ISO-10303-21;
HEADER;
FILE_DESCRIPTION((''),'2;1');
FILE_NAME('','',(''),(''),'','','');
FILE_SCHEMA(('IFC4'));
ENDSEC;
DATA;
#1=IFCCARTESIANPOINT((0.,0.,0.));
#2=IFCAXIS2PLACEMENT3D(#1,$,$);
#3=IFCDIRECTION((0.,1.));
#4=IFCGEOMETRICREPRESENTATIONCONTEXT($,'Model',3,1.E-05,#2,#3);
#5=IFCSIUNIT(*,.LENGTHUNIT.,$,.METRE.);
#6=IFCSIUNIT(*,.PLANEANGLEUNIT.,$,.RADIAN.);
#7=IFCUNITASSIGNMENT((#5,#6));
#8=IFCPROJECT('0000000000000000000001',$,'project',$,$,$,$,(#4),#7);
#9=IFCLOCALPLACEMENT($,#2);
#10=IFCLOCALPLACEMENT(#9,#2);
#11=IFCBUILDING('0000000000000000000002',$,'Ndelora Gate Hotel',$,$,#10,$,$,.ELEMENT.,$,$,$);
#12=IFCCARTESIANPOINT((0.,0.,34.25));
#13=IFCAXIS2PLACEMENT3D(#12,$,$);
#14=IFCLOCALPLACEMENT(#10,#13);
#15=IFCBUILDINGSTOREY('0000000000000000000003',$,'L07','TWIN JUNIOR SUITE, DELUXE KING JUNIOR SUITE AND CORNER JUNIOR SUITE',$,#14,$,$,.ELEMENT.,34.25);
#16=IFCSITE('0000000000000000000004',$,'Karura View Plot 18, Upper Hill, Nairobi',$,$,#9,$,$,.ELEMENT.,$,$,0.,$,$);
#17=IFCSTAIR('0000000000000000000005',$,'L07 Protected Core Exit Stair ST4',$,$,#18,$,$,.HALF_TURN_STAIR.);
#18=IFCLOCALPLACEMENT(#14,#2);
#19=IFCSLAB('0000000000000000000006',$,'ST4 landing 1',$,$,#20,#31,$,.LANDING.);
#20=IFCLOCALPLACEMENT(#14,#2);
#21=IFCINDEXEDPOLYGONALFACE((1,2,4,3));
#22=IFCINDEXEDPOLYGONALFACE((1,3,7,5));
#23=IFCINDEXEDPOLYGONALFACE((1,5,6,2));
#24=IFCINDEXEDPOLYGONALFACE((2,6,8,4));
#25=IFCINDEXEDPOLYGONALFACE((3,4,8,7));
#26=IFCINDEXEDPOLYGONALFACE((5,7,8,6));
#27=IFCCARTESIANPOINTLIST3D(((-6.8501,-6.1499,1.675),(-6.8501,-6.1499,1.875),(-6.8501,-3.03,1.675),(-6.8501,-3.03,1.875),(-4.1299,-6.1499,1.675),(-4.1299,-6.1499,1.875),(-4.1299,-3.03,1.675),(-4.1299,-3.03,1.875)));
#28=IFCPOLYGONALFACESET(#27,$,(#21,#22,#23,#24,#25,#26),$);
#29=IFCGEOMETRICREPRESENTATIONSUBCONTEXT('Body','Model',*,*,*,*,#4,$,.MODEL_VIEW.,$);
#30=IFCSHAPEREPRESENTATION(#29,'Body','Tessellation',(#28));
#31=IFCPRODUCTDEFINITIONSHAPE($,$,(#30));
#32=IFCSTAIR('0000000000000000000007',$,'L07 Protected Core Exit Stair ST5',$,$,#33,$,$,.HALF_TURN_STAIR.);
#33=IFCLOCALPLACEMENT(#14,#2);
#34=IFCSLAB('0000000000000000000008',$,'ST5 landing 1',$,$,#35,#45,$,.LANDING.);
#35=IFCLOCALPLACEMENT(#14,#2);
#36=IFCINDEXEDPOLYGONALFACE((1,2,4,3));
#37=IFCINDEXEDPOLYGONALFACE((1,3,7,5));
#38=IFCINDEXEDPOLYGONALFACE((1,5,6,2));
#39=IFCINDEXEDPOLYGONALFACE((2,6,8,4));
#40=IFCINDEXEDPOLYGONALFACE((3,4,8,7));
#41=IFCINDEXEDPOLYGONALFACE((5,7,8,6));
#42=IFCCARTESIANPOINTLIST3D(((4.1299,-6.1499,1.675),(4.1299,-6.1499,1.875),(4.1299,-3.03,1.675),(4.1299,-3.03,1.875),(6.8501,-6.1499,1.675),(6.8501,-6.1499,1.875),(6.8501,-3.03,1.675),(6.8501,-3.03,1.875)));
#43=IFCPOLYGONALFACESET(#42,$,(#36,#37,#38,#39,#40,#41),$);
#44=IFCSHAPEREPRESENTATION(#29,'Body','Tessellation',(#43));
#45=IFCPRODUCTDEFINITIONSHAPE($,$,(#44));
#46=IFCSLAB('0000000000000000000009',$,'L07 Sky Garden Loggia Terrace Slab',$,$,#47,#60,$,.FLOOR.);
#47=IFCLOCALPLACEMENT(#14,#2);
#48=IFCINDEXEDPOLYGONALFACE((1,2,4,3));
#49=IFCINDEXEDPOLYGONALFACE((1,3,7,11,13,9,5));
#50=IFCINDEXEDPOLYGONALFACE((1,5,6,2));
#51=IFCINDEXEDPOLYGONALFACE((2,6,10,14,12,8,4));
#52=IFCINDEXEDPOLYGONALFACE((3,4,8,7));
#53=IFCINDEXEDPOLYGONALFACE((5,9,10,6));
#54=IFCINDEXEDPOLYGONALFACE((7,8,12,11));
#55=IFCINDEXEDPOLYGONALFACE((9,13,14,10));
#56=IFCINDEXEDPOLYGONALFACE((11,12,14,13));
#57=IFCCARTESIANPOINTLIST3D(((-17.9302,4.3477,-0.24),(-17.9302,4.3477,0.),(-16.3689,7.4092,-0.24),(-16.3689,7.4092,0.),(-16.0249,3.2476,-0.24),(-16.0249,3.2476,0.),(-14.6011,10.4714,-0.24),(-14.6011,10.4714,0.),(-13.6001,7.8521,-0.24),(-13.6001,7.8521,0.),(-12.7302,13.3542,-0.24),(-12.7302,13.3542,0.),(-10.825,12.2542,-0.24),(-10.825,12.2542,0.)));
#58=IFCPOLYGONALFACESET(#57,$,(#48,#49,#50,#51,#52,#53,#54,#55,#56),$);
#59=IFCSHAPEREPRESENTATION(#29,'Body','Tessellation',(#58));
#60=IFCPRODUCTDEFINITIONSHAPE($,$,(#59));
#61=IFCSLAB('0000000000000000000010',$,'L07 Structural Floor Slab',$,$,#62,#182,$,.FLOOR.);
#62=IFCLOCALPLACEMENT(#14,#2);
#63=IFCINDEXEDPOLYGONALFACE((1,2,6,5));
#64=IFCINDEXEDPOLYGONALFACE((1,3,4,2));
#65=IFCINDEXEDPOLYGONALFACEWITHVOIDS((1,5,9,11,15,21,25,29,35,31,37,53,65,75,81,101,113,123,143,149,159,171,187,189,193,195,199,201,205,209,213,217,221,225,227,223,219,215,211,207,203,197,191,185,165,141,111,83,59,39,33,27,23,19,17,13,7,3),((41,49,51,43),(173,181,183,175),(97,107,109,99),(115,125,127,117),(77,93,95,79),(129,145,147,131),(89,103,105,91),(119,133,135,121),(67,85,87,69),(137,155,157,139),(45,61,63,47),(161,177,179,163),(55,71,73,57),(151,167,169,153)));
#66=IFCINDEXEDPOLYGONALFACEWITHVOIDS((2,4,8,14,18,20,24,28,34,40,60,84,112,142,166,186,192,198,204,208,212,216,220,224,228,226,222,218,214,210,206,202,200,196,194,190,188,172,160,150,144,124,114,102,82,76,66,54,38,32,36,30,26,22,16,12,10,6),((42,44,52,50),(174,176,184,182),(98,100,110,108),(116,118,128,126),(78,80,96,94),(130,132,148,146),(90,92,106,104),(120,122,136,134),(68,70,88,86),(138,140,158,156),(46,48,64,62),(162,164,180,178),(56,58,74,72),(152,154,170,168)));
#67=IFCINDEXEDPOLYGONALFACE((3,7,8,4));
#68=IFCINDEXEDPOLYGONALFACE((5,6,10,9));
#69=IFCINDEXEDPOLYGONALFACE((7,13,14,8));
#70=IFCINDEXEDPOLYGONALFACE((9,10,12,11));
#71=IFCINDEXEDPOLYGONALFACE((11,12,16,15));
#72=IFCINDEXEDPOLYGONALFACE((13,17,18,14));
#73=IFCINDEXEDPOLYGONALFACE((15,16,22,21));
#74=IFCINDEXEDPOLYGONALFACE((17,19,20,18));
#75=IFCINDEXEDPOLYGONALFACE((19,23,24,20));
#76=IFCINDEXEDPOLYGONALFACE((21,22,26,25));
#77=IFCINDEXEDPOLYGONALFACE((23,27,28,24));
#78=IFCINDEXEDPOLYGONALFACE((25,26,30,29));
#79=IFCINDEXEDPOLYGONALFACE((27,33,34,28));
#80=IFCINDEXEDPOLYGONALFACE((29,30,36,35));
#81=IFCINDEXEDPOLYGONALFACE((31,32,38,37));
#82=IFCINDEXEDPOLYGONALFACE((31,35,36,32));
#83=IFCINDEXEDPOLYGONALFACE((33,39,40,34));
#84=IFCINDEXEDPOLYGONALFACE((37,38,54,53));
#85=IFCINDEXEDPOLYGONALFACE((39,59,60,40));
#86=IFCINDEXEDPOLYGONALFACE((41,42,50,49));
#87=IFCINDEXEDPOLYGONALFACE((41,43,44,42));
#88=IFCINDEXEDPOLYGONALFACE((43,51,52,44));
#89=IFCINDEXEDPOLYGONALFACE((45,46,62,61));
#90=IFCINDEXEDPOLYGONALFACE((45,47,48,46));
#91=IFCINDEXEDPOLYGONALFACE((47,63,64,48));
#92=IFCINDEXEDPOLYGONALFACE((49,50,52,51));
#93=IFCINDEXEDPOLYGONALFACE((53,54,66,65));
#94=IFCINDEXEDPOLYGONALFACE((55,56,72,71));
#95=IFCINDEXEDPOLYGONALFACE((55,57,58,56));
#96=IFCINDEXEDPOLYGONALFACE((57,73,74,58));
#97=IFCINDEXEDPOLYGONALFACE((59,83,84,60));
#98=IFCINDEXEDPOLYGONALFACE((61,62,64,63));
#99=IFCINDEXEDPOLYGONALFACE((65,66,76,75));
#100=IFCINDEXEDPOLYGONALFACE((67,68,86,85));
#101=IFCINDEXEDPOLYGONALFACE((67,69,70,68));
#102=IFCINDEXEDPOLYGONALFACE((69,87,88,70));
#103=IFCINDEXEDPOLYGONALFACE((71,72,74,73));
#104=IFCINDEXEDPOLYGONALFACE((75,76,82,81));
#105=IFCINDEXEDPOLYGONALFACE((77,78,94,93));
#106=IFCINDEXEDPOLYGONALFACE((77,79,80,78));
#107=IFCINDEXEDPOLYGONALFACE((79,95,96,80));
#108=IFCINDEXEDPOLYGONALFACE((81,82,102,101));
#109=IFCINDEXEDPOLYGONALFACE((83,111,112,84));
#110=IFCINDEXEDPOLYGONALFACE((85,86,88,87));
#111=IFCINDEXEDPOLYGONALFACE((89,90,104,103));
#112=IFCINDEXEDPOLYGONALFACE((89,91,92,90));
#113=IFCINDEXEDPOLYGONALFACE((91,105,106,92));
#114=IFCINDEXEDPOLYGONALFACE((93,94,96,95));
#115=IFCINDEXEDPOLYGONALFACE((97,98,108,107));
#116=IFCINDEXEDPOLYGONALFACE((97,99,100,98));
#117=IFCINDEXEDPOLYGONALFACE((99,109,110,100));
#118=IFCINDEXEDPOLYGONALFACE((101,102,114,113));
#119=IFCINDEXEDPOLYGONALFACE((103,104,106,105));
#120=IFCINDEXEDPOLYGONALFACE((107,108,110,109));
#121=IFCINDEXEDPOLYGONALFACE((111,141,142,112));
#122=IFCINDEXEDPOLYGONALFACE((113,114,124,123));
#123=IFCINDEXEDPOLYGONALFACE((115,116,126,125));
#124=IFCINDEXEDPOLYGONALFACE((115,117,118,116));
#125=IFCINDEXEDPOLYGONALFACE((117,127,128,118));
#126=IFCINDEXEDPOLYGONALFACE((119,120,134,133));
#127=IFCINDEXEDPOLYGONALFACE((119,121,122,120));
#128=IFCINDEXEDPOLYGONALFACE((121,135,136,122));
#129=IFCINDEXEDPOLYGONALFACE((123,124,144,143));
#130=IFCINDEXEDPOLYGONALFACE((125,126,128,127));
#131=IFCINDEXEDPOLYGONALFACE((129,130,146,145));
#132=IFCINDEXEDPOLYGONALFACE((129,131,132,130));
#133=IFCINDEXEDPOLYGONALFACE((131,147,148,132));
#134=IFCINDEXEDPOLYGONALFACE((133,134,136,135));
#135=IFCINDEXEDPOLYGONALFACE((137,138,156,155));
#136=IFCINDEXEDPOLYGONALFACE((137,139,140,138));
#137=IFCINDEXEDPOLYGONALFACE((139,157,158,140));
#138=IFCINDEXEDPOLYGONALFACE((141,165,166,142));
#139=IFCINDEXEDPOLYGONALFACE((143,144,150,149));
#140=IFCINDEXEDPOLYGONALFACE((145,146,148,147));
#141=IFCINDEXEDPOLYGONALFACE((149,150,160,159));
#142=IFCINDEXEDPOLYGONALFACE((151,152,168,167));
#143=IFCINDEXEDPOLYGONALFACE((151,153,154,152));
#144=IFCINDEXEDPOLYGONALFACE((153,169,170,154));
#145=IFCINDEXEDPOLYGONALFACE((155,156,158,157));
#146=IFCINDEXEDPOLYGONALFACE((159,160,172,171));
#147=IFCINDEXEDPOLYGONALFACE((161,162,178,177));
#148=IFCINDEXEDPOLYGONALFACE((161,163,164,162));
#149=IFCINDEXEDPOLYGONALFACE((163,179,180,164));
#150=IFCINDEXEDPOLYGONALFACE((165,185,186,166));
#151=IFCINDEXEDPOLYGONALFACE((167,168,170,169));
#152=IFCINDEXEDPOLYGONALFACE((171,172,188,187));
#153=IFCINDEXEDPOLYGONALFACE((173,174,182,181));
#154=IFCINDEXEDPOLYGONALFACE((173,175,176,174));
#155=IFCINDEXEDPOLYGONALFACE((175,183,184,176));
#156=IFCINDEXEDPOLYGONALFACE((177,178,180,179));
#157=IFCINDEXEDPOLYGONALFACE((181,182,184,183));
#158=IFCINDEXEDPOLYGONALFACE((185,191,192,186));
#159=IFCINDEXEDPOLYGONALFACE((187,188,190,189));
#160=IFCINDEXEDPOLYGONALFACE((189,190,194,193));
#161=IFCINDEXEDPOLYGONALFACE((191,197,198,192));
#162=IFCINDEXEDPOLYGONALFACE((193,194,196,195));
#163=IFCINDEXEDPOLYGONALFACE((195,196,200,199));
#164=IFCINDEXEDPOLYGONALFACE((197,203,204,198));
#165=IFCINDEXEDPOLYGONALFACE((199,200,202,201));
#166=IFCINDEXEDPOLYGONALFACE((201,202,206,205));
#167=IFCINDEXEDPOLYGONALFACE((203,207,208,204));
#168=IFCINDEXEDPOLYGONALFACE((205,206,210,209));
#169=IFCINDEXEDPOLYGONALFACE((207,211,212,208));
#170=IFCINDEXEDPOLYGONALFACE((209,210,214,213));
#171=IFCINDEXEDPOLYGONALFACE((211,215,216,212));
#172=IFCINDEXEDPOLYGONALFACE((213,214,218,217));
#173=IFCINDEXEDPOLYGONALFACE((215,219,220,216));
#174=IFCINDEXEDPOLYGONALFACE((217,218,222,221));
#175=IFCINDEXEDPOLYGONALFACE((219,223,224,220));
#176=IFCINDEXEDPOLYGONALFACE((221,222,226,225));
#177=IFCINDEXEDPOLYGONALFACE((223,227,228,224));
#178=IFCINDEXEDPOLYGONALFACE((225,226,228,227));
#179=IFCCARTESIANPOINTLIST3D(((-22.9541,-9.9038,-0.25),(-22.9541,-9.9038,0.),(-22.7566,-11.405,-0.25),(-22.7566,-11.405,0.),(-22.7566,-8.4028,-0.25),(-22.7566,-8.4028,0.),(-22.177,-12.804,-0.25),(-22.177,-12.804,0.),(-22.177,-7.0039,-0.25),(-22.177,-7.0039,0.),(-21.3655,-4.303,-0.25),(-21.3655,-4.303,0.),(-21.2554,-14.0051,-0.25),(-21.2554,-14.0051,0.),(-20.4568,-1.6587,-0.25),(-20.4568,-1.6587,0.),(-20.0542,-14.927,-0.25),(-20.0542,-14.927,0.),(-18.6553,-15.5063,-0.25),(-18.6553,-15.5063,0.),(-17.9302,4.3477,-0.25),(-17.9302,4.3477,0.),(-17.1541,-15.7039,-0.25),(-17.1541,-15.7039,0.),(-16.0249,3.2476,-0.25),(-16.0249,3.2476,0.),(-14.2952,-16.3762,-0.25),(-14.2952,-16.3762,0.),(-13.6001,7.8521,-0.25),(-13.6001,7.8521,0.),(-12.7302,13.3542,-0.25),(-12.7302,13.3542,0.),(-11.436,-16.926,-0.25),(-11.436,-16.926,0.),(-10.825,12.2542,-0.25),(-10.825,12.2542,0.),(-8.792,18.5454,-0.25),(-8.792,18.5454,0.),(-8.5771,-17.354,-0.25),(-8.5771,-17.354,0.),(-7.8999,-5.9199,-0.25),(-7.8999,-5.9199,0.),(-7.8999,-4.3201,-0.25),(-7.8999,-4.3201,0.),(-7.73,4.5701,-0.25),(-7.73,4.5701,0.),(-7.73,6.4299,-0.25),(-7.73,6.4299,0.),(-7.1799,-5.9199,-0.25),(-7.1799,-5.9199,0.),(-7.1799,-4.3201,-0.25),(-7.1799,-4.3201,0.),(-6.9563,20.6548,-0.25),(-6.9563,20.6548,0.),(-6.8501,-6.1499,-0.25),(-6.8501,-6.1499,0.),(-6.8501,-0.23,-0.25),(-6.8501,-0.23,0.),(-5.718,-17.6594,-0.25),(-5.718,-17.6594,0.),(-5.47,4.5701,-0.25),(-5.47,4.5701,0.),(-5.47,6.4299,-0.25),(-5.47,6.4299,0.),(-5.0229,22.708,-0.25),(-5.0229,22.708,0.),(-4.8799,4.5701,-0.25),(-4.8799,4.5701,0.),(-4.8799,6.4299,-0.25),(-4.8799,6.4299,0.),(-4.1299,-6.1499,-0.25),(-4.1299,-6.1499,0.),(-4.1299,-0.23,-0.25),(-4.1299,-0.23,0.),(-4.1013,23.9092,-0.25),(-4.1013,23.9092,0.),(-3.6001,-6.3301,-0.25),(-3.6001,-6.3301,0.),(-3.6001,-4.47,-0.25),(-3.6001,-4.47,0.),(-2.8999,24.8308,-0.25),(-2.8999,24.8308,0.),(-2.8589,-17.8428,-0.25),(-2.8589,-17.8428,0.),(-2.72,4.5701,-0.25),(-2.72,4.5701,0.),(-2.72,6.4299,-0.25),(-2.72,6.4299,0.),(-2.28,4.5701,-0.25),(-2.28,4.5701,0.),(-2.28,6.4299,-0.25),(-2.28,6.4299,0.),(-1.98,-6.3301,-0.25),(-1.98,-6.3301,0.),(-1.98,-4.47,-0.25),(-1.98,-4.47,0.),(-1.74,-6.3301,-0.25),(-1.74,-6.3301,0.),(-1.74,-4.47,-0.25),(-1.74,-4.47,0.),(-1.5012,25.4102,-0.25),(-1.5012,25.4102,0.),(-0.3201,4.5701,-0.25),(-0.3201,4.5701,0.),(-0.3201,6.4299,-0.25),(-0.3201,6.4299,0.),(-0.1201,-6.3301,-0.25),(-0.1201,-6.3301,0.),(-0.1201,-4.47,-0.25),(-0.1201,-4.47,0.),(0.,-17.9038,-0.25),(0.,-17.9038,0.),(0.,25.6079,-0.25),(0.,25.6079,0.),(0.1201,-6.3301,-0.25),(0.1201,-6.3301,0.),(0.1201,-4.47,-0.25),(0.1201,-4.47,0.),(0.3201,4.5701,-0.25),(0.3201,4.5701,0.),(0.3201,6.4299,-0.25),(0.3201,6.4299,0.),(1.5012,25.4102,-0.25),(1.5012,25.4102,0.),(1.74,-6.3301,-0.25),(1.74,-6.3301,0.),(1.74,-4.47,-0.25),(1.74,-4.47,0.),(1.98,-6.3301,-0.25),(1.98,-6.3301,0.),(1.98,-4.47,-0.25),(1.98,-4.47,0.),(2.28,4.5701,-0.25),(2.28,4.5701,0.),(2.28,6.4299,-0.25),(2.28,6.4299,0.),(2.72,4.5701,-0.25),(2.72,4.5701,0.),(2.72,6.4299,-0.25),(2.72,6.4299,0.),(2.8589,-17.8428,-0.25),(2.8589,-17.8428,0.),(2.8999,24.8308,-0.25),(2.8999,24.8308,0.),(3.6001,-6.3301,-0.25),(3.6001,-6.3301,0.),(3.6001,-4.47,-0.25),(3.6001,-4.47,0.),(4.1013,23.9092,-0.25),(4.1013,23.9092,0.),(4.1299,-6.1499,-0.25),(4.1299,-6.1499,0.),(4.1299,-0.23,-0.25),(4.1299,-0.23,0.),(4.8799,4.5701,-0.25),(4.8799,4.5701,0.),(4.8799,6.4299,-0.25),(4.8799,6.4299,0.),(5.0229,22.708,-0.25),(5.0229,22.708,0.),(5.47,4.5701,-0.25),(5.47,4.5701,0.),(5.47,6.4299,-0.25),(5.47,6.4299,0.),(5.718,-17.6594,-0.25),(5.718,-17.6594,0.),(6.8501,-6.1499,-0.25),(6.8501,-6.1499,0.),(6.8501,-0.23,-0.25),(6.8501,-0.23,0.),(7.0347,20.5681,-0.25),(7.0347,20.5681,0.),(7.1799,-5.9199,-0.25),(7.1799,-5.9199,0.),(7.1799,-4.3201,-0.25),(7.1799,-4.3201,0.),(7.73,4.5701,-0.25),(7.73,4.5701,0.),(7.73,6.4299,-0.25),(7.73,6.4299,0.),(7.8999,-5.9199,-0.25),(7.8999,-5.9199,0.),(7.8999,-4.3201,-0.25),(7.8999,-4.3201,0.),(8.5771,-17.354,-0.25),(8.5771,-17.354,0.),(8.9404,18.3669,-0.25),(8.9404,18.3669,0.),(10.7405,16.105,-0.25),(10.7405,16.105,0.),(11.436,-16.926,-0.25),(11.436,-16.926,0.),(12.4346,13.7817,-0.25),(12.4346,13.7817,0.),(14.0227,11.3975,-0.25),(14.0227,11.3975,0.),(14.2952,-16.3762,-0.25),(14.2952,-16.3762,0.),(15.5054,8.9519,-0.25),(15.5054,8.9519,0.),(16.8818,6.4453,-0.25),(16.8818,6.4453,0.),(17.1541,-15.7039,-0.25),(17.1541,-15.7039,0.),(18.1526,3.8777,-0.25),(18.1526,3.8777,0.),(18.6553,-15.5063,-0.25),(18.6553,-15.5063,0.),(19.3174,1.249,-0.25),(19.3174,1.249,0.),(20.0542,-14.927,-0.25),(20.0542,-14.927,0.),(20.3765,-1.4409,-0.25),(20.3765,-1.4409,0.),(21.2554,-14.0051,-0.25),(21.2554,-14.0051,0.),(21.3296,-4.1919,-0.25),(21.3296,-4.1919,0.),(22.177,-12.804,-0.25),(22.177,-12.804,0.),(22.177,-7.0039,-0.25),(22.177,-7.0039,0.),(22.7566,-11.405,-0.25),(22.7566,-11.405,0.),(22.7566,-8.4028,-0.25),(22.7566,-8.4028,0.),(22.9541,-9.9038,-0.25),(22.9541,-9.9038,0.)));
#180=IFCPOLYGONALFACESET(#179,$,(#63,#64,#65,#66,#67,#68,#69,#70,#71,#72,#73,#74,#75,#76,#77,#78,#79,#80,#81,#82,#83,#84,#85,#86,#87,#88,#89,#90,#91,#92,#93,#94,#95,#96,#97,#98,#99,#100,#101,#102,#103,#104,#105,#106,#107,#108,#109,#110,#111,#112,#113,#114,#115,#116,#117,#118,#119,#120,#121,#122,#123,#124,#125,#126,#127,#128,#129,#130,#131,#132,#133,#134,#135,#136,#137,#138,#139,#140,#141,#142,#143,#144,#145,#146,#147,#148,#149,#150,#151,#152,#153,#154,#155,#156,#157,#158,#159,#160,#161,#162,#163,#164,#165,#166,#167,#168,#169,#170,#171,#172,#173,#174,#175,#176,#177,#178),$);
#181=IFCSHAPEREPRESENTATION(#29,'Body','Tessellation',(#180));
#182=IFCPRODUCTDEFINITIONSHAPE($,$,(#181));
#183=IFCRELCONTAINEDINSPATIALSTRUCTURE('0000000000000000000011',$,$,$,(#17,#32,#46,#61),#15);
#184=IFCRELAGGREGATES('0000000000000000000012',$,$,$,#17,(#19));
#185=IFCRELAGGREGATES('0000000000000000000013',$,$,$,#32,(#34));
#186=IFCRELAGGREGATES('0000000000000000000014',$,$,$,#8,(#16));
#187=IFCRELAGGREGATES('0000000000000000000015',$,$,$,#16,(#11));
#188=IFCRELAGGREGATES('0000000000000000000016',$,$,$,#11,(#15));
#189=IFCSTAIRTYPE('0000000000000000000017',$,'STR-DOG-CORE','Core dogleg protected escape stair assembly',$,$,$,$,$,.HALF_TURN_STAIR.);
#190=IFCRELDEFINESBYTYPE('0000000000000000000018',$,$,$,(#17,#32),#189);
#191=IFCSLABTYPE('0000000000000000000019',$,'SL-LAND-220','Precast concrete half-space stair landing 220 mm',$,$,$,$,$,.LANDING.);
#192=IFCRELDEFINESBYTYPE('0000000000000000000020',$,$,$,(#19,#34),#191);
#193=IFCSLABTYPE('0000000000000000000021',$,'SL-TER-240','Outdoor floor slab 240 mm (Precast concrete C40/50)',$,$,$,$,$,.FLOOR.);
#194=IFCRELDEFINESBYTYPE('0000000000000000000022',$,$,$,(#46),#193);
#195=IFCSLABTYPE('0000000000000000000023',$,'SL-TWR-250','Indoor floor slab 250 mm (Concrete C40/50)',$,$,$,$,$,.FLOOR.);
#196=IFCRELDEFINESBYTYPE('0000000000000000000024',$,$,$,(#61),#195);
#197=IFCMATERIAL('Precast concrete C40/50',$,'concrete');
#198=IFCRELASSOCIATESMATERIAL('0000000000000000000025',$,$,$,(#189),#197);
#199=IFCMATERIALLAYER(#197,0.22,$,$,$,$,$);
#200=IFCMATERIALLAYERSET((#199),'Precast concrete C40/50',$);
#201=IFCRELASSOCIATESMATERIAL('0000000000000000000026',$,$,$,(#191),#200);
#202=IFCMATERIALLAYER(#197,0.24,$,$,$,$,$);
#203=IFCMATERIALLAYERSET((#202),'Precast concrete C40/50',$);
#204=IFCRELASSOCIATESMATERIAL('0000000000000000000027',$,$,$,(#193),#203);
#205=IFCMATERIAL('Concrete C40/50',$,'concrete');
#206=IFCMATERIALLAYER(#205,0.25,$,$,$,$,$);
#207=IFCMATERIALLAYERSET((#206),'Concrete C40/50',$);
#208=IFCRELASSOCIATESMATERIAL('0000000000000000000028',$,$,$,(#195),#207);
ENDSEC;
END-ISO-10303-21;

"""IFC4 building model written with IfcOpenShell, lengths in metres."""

from ifc_helpers import new_model, si_unit, direction, frame, origin, place, context, subcontext, project, spatial, polyline, outline, extrude, material, layer, layer_set, type_object, element, aggregate, save


model = new_model("IFC4")

# Units and contexts
model_context = context("Model", 3, precision=1e-05, world=origin(), true_north=direction((0.0, 1.0)))
body_context = subcontext(model_context, "Body", "Model", "MODEL_VIEW")
ifc_project = project(units=[si_unit("LENGTHUNIT", "METRE"), si_unit("PLANEANGLEUNIT", "RADIAN")], contexts=[model_context])

# Site, building, storey
site_placement = place(None, origin())
site = spatial("IfcSite", under=ifc_project, at=site_placement, Name="Karura View Plot 18, Upper Hill, Nairobi", CompositionType="ELEMENT", RefElevation=0.0)
building_placement = place(site_placement, origin())
building = spatial("IfcBuilding", under=site, at=building_placement, Name="Ndelora Gate Hotel", CompositionType="ELEMENT")
storey_placement = place(building_placement, frame((0.0, 0.0, 34.25)))
storey = spatial("IfcBuildingStorey", under=building, at=storey_placement, Name="L07", Description="TWIN JUNIOR SUITE, DELUXE KING JUNIOR SUITE AND CORNER JUNIOR SUITE", CompositionType="ELEMENT", Elevation=34.25)

# Stairs, slabs
ifc_material_1 = material(Name="Precast concrete C40/50", Category="concrete")
stair_type = type_object("IfcStairType", Name="STR-DOG-CORE", Description="Core dogleg protected escape stair assembly", PredefinedType="HALF_TURN_STAIR", material=ifc_material_1)
stair_1_placement = place(storey_placement, origin())
stair_1 = element("IfcStair", 1, at=stair_1_placement, inside=storey, type_object=stair_type, Name="L07 Protected Core Exit Stair ST4", PredefinedType="HALF_TURN_STAIR")
ifc_layer_1 = layer(ifc_material_1, 0.22)
ifc_layer_set_1 = layer_set([ifc_layer_1], Name="Precast concrete C40/50")
slab_type_1 = type_object("IfcSlabType", Name="SL-LAND-220", Description="Precast concrete half-space stair landing 220 mm", PredefinedType="LANDING", material=ifc_layer_set_1)
slab_1_placement = place(storey_placement, frame((0.0, 0.0, 1.675)))
slab_1 = element("IfcSlab", 2, at=slab_1_placement, type_object=slab_type_1, Name="ST4 landing 1", PredefinedType="LANDING", context=body_context, shape_type="SweptSolid", body=[
    extrude(outline(polyline([(-6.8501, -3.03), (-6.8501, -6.1499), (-4.1299, -6.1499), (-4.1299, -3.03), (-6.8501, -3.03)])), origin(), (0.0, 0.0, 1.0), 0.2),
])
aggregate(stair_1, [slab_1])
stair_2_placement = place(storey_placement, origin())
stair_2 = element("IfcStair", 3, at=stair_2_placement, inside=storey, type_object=stair_type, Name="L07 Protected Core Exit Stair ST5", PredefinedType="HALF_TURN_STAIR")
slab_2_placement = place(storey_placement, frame((0.0, 0.0, 1.675)))
slab_2 = element("IfcSlab", 4, at=slab_2_placement, type_object=slab_type_1, Name="ST5 landing 1", PredefinedType="LANDING", context=body_context, shape_type="SweptSolid", body=[
    extrude(outline(polyline([(4.1299, -3.03), (4.1299, -6.1499), (6.8501, -6.1499), (6.8501, -3.03), (4.1299, -3.03)])), origin(), (0.0, 0.0, 1.0), 0.2),
])

# Slabs
ifc_layer_2 = layer(ifc_material_1, 0.24)
ifc_layer_set_2 = layer_set([ifc_layer_2], Name="Precast concrete C40/50")
slab_type_2 = type_object("IfcSlabType", Name="SL-TER-240", Description="Outdoor floor slab 240 mm (Precast concrete C40/50)", PredefinedType="FLOOR", material=ifc_layer_set_2)
slab_3_placement = place(storey_placement, frame((0.0, 0.0, -0.24)))
element("IfcSlab", 5, at=slab_3_placement, inside=storey, type_object=slab_type_2, Name="L07 Sky Garden Loggia Terrace Slab", PredefinedType="FLOOR", context=body_context, shape_type="SweptSolid", body=[
    extrude(outline(polyline([(-10.825, 12.2542), (-12.7302, 13.3542), (-14.6011, 10.4714), (-16.3689, 7.4092), (-17.9302, 4.3477), (-16.0249, 3.2476), (-13.6001, 7.8521), (-10.825, 12.2542)])), origin(), (0.0, 0.0, 1.0), 0.24),
])
ifc_material_2 = material(Name="Concrete C40/50", Category="concrete")
ifc_layer_3 = layer(ifc_material_2, 0.25)
ifc_layer_set_3 = layer_set([ifc_layer_3], Name="Concrete C40/50")
slab_type_3 = type_object("IfcSlabType", Name="SL-TWR-250", Description="Indoor floor slab 250 mm (Concrete C40/50)", PredefinedType="FLOOR", material=ifc_layer_set_3)
slab_4_placement = place(storey_placement, frame((0.0, 0.0, -0.25)))
element("IfcSlab", 6, at=slab_4_placement, inside=storey, type_object=slab_type_3, Name="L07 Structural Floor Slab", PredefinedType="FLOOR", context=body_context, shape_type="SweptSolid", body=[
    extrude(outline(polyline([(5.0229, 22.708), (4.1013, 23.9092), (2.8999, 24.8308), (1.5012, 25.4102), (0.0, 25.6079), (-1.5012, 25.4102), (-2.8999, 24.8308), (-4.1013, 23.9092), (-5.0229, 22.708), (-6.9563, 20.6548), (-8.792, 18.5454), (-12.7302, 13.3542), (-10.825, 12.2542), (-13.6001, 7.8521), (-16.0249, 3.2476), (-17.9302, 4.3477), (-20.4568, -1.6587), (-21.3655, -4.303), (-22.177, -7.0039), (-22.7566, -8.4028), (-22.9541, -9.9038), (-22.7566, -11.405), (-22.177, -12.804), (-21.2554, -14.0051), (-20.0542, -14.927), (-18.6553, -15.5063), (-17.1541, -15.7039), (-14.2952, -16.3762), (-11.436, -16.926), (-8.5771, -17.354), (-5.718, -17.6594), (-2.8589, -17.8428), (0.0, -17.9038), (2.8589, -17.8428), (5.718, -17.6594), (8.5771, -17.354), (11.436, -16.926), (14.2952, -16.3762), (17.1541, -15.7039), (18.6553, -15.5063), (20.0542, -14.927), (21.2554, -14.0051), (22.177, -12.804), (22.7566, -11.405), (22.9541, -9.9038), (22.7566, -8.4028), (22.177, -7.0039), (21.3296, -4.1919), (20.3765, -1.4409), (19.3174, 1.249), (18.1526, 3.8777), (16.8818, 6.4453), (15.5054, 8.9519), (14.0227, 11.3975), (12.4346, 13.7817), (10.7405, 16.105), (8.9404, 18.3669), (7.0347, 20.5681), (5.0229, 22.708)]), holes=[polyline([(-6.8501, -0.23), (-6.8501, -6.1499), (-4.1299, -6.1499), (-4.1299, -0.23), (-6.8501, -0.23)]), polyline([(4.1299, -0.23), (4.1299, -6.1499), (6.8501, -6.1499), (6.8501, -0.23), (4.1299, -0.23)]), polyline([(-7.73, 4.5701), (-5.47, 4.5701), (-5.47, 6.4299), (-7.73, 6.4299), (-7.73, 4.5701)]), polyline([(5.47, 4.5701), (7.73, 4.5701), (7.73, 6.4299), (5.47, 6.4299), (5.47, 4.5701)]), polyline([(-4.8799, 4.5701), (-2.72, 4.5701), (-2.72, 6.4299), (-4.8799, 6.4299), (-4.8799, 4.5701)]), polyline([(2.72, 4.5701), (4.8799, 4.5701), (4.8799, 6.4299), (2.72, 6.4299), (2.72, 4.5701)]), polyline([(-3.6001, -6.3301), (-1.98, -6.3301), (-1.98, -4.47), (-3.6001, -4.47), (-3.6001, -6.3301)]), polyline([(-1.74, -6.3301), (-0.1201, -6.3301), (-0.1201, -4.47), (-1.74, -4.47), (-1.74, -6.3301)]), polyline([(0.1201, -6.3301), (1.74, -6.3301), (1.74, -4.47), (0.1201, -4.47), (0.1201, -6.3301)]), polyline([(1.98, -6.3301), (3.6001, -6.3301), (3.6001, -4.47), (1.98, -4.47), (1.98, -6.3301)]), polyline([(-2.28, 4.5701), (-0.3201, 4.5701), (-0.3201, 6.4299), (-2.28, 6.4299), (-2.28, 4.5701)]), polyline([(0.3201, 4.5701), (2.28, 4.5701), (2.28, 6.4299), (0.3201, 6.4299), (0.3201, 4.5701)]), polyline([(-7.8999, -5.9199), (-7.1799, -5.9199), (-7.1799, -4.3201), (-7.8999, -4.3201), (-7.8999, -5.9199)]), polyline([(7.1799, -5.9199), (7.8999, -5.9199), (7.8999, -4.3201), (7.1799, -4.3201), (7.1799, -5.9199)])]), origin(), (0.0, 0.0, 1.0), 0.25),
])

aggregate(stair_2, [slab_2])

save(model, "model.ifc")
